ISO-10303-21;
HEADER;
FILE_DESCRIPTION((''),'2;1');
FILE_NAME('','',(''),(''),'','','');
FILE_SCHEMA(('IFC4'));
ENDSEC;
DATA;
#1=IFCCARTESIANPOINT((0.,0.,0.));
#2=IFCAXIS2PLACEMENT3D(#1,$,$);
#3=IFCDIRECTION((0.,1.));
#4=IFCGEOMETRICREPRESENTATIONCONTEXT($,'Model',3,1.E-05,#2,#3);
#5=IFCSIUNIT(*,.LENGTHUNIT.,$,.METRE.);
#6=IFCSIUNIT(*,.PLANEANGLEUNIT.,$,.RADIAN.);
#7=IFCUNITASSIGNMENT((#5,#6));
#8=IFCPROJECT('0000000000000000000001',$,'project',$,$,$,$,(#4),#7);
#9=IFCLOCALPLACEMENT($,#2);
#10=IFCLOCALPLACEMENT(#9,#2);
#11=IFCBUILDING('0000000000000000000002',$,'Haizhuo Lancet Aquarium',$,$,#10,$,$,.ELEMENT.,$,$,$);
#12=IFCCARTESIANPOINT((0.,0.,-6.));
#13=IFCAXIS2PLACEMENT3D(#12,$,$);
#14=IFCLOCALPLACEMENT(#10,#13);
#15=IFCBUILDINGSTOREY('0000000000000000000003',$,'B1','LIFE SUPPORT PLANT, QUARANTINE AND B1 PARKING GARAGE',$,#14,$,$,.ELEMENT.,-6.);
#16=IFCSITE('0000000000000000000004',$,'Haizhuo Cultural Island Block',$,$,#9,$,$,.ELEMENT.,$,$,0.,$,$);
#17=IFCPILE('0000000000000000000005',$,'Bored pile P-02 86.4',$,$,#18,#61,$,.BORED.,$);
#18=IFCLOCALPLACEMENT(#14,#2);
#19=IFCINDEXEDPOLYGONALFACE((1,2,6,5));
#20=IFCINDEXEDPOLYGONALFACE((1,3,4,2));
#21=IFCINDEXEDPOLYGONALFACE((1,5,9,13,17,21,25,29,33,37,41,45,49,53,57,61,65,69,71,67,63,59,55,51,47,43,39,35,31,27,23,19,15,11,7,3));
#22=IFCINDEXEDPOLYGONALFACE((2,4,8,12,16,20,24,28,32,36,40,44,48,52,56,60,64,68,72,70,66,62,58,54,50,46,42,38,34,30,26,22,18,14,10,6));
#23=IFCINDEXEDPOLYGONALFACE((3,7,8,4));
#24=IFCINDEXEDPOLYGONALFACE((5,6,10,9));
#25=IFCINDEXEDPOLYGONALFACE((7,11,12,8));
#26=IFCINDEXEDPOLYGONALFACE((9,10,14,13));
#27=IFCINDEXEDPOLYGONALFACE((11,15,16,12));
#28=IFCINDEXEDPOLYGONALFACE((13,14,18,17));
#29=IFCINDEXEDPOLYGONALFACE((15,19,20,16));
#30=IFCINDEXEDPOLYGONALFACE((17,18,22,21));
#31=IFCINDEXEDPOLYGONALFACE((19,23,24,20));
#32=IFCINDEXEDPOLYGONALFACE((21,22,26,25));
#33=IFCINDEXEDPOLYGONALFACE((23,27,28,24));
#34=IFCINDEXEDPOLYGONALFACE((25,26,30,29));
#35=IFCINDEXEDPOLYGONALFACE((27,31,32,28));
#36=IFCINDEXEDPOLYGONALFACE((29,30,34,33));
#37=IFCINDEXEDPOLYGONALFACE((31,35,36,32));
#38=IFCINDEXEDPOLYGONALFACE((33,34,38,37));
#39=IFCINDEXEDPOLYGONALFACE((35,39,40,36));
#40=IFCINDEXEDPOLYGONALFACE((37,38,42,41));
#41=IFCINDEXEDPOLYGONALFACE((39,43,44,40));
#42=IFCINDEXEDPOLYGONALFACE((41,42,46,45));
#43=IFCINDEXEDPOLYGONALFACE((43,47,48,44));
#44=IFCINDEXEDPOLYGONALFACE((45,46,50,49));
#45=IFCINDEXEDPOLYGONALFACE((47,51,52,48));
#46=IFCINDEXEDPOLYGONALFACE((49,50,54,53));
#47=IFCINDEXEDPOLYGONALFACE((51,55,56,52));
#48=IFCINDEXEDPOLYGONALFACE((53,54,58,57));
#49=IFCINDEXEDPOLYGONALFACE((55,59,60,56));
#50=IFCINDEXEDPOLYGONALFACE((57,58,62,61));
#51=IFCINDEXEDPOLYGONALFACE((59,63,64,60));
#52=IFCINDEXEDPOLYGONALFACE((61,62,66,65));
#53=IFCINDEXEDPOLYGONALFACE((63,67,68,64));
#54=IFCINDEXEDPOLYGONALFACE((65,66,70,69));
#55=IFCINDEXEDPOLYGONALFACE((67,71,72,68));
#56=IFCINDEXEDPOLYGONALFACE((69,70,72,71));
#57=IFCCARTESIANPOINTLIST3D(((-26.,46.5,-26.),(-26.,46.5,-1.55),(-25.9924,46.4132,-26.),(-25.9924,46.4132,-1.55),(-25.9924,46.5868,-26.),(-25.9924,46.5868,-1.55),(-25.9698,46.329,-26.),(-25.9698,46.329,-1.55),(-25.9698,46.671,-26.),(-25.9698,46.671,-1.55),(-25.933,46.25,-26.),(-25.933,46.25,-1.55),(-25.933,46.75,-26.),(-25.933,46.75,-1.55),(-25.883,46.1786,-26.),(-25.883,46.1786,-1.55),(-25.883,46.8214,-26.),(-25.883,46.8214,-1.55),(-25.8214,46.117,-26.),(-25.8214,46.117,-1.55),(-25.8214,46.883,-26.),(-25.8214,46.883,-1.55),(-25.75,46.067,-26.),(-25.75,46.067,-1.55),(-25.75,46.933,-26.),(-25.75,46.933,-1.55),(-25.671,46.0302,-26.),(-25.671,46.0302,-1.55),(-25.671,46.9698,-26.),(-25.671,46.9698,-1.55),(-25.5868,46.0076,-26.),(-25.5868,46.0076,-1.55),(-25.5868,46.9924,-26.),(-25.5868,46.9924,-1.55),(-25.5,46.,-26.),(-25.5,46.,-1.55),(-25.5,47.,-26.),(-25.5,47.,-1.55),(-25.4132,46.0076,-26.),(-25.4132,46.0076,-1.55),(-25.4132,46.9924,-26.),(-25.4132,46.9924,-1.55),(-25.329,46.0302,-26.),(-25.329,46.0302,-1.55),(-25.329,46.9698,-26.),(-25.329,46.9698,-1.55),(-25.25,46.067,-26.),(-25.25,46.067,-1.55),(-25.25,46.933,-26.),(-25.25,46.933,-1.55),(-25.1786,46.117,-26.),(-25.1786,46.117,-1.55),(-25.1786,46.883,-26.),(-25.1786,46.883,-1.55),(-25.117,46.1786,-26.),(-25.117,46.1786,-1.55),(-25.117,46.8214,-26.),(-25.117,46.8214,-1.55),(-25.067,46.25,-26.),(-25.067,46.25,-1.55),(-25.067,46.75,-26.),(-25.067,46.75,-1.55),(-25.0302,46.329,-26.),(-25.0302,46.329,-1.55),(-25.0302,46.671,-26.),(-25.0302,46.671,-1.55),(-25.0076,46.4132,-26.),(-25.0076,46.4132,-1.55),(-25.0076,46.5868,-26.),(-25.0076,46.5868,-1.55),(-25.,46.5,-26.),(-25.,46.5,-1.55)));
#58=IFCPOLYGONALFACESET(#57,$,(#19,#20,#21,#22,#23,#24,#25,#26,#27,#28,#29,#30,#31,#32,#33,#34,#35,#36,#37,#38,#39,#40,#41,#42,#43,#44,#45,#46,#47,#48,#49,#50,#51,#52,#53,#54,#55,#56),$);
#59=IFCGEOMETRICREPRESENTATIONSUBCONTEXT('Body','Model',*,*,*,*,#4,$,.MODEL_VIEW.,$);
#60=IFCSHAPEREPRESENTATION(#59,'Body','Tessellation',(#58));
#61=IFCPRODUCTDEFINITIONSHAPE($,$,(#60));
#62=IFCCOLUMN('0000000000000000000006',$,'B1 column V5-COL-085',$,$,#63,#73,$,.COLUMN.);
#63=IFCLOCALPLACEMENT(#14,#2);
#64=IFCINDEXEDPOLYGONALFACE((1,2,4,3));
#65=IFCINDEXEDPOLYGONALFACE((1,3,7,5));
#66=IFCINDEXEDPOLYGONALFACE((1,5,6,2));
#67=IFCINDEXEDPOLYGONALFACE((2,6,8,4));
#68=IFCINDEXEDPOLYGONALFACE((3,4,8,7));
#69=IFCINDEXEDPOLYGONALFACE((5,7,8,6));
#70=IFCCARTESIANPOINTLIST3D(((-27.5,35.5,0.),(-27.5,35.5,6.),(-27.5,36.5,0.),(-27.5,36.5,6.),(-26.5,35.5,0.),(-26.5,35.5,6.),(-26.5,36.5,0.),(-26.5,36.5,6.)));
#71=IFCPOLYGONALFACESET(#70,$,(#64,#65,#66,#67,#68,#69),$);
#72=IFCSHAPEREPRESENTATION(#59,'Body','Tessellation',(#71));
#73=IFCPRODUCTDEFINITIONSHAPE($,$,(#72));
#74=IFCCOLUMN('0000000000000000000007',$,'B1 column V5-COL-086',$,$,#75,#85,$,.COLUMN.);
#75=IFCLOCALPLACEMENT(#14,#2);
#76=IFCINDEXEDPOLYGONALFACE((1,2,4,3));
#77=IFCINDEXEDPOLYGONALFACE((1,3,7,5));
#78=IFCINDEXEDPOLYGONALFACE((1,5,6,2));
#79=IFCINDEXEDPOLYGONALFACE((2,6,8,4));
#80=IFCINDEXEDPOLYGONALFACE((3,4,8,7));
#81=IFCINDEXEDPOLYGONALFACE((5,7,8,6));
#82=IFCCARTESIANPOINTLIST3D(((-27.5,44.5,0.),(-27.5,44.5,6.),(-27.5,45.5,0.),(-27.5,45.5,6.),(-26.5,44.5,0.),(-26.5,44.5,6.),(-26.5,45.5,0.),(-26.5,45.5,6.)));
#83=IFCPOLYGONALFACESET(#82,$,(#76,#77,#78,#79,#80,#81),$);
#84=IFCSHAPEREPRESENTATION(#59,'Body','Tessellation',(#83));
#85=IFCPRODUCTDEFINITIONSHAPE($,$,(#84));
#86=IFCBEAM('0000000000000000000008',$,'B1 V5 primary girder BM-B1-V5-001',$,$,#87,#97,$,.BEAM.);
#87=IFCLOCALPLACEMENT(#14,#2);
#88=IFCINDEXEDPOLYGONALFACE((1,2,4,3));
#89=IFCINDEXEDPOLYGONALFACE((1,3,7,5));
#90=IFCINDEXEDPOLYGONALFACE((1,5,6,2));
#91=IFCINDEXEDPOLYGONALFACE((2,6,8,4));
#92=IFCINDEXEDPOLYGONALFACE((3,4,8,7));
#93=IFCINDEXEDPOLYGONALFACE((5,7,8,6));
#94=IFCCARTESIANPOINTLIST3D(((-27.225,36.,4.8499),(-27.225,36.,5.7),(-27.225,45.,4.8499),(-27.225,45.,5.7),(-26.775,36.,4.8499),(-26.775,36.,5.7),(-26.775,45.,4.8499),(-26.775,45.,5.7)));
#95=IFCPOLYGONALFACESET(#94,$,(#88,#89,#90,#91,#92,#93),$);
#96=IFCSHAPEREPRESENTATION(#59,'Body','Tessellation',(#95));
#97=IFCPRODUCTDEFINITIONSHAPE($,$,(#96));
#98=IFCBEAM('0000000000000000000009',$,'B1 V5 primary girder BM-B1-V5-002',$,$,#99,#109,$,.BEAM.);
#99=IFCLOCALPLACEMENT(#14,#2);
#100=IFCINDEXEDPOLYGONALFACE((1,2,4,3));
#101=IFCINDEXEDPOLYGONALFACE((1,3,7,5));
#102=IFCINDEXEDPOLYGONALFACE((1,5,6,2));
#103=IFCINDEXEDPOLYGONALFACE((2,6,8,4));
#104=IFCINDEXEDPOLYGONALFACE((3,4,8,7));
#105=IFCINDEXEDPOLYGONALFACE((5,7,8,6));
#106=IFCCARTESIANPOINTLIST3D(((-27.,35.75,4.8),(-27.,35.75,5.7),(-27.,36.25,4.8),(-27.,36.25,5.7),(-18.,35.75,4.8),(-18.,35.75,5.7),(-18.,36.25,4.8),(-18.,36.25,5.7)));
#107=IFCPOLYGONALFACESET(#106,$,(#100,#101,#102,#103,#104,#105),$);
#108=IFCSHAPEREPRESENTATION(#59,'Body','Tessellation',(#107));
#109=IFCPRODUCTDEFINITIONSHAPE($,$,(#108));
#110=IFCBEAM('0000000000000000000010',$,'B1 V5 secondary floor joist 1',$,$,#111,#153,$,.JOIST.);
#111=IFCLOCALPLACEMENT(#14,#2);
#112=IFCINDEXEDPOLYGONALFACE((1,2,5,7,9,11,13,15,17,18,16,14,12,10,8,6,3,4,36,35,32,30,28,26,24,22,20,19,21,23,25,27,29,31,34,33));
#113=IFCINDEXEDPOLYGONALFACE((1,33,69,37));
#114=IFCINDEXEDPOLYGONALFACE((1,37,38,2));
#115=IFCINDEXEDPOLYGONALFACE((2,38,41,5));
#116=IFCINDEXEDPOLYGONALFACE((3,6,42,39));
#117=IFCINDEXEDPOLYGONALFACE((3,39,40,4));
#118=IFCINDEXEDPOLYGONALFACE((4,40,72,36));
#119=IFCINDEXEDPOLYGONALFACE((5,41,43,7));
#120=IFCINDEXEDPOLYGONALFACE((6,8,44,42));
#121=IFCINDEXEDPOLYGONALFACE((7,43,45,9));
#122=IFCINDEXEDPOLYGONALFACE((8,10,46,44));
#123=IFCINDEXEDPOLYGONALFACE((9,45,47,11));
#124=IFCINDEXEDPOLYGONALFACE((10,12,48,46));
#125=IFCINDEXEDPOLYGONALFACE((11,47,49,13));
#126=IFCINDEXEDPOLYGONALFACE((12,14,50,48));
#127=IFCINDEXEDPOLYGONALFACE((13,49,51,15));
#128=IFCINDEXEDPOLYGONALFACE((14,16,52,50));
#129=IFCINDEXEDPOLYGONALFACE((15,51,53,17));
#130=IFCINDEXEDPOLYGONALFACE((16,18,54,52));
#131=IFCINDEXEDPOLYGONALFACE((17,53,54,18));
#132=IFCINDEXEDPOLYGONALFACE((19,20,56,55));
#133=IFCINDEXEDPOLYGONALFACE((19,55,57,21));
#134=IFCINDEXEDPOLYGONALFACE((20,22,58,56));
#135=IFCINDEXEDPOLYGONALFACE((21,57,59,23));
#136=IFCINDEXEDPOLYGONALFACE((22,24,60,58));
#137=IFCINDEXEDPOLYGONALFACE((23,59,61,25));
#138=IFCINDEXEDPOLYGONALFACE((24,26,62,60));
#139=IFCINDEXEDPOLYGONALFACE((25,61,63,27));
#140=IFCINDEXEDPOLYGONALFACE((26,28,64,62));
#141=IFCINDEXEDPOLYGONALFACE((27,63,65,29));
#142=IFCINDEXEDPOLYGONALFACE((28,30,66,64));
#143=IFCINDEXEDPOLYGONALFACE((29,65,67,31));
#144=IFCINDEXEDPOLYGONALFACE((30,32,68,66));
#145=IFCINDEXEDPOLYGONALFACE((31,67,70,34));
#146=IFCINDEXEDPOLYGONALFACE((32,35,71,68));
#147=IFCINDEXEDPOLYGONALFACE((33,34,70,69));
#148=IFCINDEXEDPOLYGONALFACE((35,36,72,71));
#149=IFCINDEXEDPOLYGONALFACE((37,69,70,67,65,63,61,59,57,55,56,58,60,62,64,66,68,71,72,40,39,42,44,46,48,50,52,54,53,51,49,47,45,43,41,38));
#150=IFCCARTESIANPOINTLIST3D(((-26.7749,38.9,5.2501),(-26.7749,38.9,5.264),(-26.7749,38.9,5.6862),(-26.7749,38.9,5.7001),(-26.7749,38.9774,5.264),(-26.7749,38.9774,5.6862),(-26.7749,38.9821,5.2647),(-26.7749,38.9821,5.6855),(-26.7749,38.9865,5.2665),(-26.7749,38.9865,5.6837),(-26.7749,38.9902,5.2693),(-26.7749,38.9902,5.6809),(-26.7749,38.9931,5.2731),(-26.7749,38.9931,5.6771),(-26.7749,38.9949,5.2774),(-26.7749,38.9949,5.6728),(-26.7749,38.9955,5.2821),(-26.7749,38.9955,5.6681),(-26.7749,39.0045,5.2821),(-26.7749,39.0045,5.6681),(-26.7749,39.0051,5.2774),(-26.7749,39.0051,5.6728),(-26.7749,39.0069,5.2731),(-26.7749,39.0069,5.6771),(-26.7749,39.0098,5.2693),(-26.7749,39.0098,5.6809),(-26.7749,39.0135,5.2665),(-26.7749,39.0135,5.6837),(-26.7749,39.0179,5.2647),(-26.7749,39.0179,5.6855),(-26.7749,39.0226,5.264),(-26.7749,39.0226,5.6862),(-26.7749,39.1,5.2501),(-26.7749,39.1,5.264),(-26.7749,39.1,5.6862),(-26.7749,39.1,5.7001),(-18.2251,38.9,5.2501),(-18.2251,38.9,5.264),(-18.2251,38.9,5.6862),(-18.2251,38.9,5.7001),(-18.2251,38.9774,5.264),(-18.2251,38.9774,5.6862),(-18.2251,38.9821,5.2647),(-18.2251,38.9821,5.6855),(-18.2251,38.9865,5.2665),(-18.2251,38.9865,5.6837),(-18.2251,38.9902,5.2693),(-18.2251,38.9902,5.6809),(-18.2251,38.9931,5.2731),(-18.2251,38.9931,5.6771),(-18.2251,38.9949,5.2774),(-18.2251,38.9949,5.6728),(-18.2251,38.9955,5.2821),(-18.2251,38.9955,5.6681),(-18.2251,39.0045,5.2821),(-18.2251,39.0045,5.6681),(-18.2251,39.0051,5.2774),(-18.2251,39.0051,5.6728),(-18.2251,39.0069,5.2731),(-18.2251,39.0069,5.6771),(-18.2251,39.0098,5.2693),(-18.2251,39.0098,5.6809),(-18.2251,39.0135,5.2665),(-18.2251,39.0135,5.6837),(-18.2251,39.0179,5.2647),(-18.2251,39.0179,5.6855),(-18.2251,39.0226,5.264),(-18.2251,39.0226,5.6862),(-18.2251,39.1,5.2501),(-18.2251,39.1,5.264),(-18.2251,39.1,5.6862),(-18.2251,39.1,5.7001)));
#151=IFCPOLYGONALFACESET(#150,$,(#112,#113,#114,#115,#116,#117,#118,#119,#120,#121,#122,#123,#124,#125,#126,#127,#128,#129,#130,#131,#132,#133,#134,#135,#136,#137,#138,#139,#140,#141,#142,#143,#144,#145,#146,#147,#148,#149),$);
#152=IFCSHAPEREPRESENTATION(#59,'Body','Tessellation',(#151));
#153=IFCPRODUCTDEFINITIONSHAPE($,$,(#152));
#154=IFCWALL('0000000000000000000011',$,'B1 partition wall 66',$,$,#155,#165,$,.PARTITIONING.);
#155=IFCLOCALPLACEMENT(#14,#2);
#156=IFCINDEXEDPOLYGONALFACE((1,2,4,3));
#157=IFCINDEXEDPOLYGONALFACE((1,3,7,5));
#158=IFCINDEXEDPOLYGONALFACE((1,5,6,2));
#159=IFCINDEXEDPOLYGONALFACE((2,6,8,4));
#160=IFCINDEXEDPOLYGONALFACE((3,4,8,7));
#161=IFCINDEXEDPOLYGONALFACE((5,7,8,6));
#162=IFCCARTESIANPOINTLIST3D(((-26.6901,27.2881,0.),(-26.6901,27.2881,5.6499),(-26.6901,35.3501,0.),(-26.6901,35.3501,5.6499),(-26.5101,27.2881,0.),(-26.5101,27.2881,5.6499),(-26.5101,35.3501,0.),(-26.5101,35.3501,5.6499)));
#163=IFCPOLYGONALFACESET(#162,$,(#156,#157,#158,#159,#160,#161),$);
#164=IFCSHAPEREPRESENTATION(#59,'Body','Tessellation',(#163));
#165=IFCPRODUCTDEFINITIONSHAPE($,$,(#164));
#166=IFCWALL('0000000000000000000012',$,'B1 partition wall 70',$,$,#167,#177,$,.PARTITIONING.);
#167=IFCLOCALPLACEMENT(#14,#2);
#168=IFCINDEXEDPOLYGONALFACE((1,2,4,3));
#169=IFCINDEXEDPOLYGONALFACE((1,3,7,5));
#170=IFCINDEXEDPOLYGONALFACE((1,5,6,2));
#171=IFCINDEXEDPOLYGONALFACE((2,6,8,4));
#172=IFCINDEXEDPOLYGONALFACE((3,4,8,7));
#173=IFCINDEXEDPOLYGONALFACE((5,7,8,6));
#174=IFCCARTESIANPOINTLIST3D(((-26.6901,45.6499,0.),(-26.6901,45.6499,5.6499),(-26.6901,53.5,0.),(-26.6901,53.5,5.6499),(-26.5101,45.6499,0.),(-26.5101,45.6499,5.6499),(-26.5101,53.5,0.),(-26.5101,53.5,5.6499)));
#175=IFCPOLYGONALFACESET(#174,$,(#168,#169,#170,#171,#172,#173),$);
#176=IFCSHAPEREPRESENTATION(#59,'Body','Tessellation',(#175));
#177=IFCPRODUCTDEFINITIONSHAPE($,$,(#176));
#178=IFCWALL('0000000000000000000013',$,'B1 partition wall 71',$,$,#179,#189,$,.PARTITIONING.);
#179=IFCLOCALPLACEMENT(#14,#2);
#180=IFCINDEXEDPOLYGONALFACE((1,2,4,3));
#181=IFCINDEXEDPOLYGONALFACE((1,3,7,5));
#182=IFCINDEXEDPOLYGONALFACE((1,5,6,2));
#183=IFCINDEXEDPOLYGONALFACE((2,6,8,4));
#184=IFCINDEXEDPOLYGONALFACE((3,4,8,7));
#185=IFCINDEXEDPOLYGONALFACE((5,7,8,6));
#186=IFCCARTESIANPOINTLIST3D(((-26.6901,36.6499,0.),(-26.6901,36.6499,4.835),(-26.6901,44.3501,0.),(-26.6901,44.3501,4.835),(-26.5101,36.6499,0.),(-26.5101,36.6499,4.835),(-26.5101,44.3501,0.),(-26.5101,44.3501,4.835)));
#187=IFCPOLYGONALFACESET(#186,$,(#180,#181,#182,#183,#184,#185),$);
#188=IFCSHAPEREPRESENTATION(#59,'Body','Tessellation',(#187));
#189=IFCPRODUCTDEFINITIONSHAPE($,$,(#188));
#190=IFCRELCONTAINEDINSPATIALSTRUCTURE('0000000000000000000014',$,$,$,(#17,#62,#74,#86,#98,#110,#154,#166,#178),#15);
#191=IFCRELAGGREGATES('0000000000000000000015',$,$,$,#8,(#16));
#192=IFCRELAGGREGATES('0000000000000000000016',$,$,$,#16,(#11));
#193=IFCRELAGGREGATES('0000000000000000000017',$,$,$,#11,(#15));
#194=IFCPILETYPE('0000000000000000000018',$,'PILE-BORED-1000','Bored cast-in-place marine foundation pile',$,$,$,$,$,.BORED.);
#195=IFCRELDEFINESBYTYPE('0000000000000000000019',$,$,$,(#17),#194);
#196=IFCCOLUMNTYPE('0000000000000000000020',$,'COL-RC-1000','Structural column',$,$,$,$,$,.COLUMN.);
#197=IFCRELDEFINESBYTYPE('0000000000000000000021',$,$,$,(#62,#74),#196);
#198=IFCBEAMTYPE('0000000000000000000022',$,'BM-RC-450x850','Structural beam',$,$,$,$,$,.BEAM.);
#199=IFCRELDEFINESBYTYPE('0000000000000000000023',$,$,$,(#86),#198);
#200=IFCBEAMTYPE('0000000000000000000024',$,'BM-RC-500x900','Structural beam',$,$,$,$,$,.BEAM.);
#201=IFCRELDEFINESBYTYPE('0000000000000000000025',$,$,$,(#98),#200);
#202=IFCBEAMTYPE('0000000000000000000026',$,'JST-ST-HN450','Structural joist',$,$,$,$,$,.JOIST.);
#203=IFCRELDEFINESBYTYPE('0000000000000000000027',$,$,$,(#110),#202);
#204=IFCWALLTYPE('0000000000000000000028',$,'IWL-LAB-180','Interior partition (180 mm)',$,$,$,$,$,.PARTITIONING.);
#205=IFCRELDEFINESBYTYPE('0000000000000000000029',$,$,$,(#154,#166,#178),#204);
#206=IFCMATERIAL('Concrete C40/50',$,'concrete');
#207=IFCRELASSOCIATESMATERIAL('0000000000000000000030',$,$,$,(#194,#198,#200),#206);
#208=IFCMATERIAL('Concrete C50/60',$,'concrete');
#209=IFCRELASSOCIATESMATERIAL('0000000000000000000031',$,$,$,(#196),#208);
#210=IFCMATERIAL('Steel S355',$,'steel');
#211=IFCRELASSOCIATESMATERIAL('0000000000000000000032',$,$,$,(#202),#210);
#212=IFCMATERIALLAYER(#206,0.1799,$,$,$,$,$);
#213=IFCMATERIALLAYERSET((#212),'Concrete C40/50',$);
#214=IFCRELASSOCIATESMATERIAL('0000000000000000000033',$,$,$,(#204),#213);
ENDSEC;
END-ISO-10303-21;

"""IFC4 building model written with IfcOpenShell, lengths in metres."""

from ifc_helpers import new_model, si_unit, direction, frame, frame_2d, origin, origin_2d, place, context, subcontext, project, spatial, rectangle, circle, i_section, extrude, material, layer, layer_set, material_profile, profile_set, type_object, element, save


model = new_model("IFC4")

# Units and contexts
model_context = context("Model", 3, precision=1e-05, world=origin(), true_north=direction((0.0, 1.0)))
body_context = subcontext(model_context, "Body", "Model", "MODEL_VIEW")
ifc_project = project(units=[si_unit("LENGTHUNIT", "METRE"), si_unit("PLANEANGLEUNIT", "RADIAN")], contexts=[model_context])

# Site, building, storey
site_placement = place(None, origin())
site = spatial("IfcSite", under=ifc_project, at=site_placement, Name="Haizhuo Cultural Island Block", CompositionType="ELEMENT", RefElevation=0.0)
building_placement = place(site_placement, origin())
building = spatial("IfcBuilding", under=site, at=building_placement, Name="Haizhuo Lancet Aquarium", CompositionType="ELEMENT")
storey_placement = place(building_placement, frame((0.0, 0.0, -6.0)))
storey = spatial("IfcBuildingStorey", under=building, at=storey_placement, Name="B1", Description="LIFE SUPPORT PLANT, QUARANTINE AND B1 PARKING GARAGE", CompositionType="ELEMENT", Elevation=-6.0)

# Shared definitions
ifc_material_1 = material(Name="Concrete C40/50", Category="concrete")

# Pile
ifc_material_profile_1 = material_profile(ifc_material_1, circle(Radius=0.5, at=origin_2d()), Name="PILE-1000")
ifc_profile_set_1 = profile_set([ifc_material_profile_1], Name="Concrete C40/50")
pile_type = type_object("IfcPileType", Name="PILE-BORED-1000", Description="Bored cast-in-place marine foundation pile", PredefinedType="BORED", material=ifc_profile_set_1)
for number, where, z_axis, x_axis, name in (
    (1, (-25.5, 46.5, -1.55), (0.0, 0.0, -1.0), (1.0, 0.0, 0.0), "Bored pile P-02 86.4"),
):
    element("IfcPile", number, at=place(storey_placement, frame(where, z_axis=z_axis, x_axis=x_axis)), inside=storey, type_object=pile_type, Name=name, PredefinedType="BORED", context=body_context, shape_type="SweptSolid", body=[
        extrude(circle(Radius=0.5, at=origin_2d()), origin(), (0.0, 0.0, 1.0), 24.45),
    ])

# Columns
ifc_material_2 = material(Name="Concrete C50/60", Category="concrete")
ifc_material_profile_2 = material_profile(ifc_material_2, rectangle(XDim=1.0, YDim=1.0, at=origin_2d()), Name="RC-COL 1000x1000")
ifc_profile_set_2 = profile_set([ifc_material_profile_2], Name="Concrete C50/60")
column_type = type_object("IfcColumnType", Name="COL-RC-1000", Description="Structural column", PredefinedType="COLUMN", material=ifc_profile_set_2)
for number, where, z_axis, x_axis, name in (
    (2, (-27.0, 36.0, 0.0), (0.0, 0.0, 1.0), (1.0, 0.0, 0.0), "B1 column V5-COL-085"),
    (3, (-27.0, 45.0, 0.0), (0.0, 0.0, 1.0), (1.0, 0.0, 0.0), "B1 column V5-COL-086"),
):
    element("IfcColumn", number, at=place(storey_placement, frame(where, z_axis=z_axis, x_axis=x_axis)), inside=storey, type_object=column_type, Name=name, PredefinedType="COLUMN", context=body_context, shape_type="SweptSolid", body=[
        extrude(rectangle(XDim=1.0, YDim=1.0, at=origin_2d()), origin(), (0.0, 0.0, 1.0), 6.0),
    ])

# Beams
ifc_material_profile_3 = material_profile(ifc_material_1, rectangle(XDim=0.45, YDim=0.8501, at=origin_2d()), Name="RC-BM 450x850")
ifc_profile_set_3 = profile_set([ifc_material_profile_3], Name="Concrete C40/50")
beam_type_1 = type_object("IfcBeamType", Name="BM-RC-450x850", Description="Structural beam", PredefinedType="BEAM", material=ifc_profile_set_3)
beam_1_placement = place(storey_placement, frame((-27.0, 36.0, 5.2749), z_axis=(0.0, 1.0, 0.0), x_axis=(-1.0, 0.0, 0.0)))
element("IfcBeam", 4, at=beam_1_placement, inside=storey, type_object=beam_type_1, Name="B1 V5 primary girder BM-B1-V5-001", PredefinedType="BEAM", context=body_context, shape_type="SweptSolid", body=[
    extrude(rectangle(XDim=0.45, YDim=0.8501, at=origin_2d()), origin(), (0.0, 0.0, 1.0), 9.0),
])
ifc_material_profile_4 = material_profile(ifc_material_1, rectangle(XDim=0.5, YDim=0.8999, at=origin_2d()), Name="RC-BM 500x900")
ifc_profile_set_4 = profile_set([ifc_material_profile_4], Name="Concrete C40/50")
beam_type_2 = type_object("IfcBeamType", Name="BM-RC-500x900", Description="Structural beam", PredefinedType="BEAM", material=ifc_profile_set_4)
beam_2_placement = place(storey_placement, frame((-27.0, 36.0, 5.25), z_axis=(1.0, 0.0, 0.0), x_axis=(0.0, 1.0, 0.0)))
element("IfcBeam", 5, at=beam_2_placement, inside=storey, type_object=beam_type_2, Name="B1 V5 primary girder BM-B1-V5-002", PredefinedType="BEAM", context=body_context, shape_type="SweptSolid", body=[
    extrude(rectangle(XDim=0.5, YDim=0.8999, at=origin_2d()), origin(), (0.0, 0.0, 1.0), 9.0),
])
ifc_material_3 = material(Name="Steel S355", Category="steel")
ifc_material_profile_5 = material_profile(ifc_material_3, i_section(OverallWidth=0.2, OverallDepth=0.45, WebThickness=0.009, FlangeThickness=0.0139, FilletRadius=0.0181, at=origin_2d()), Name="HN 450x200x9x14")
ifc_profile_set_5 = profile_set([ifc_material_profile_5], Name="Steel S355")
beam_type_3 = type_object("IfcBeamType", Name="JST-ST-HN450", Description="Structural joist", PredefinedType="JOIST", material=ifc_profile_set_5)
beam_3_placement = place(storey_placement, frame((-26.7749, 39.0, 5.4751), z_axis=(1.0, 0.0, 0.0), x_axis=(0.0, 1.0, 0.0)))
element("IfcBeam", 6, at=beam_3_placement, inside=storey, type_object=beam_type_3, Name="B1 V5 secondary floor joist 1", PredefinedType="JOIST", context=body_context, shape_type="SweptSolid", body=[
    extrude(i_section(OverallWidth=0.2, OverallDepth=0.45, WebThickness=0.009, FlangeThickness=0.0139, FilletRadius=0.0181, at=origin_2d()), origin(), (0.0, 0.0, 1.0), 8.5498),
])

# Walls
ifc_layer_1 = layer(ifc_material_1, 0.1799)
ifc_layer_set_1 = layer_set([ifc_layer_1], Name="Concrete C40/50")
wall_type_1 = type_object("IfcWallType", Name="IWL-LAB-180", Description="Interior partition (180 mm)", PredefinedType="PARTITIONING", material=ifc_layer_set_1)
wall_1_placement = place(storey_placement, frame((-26.6001, 35.3501, 0.0), z_axis=(0.0, 0.0, 1.0), x_axis=(0.0, -1.0, 0.0)))
element("IfcWall", 7, at=wall_1_placement, inside=storey, type_object=wall_type_1, Name="B1 partition wall 66", PredefinedType="PARTITIONING", context=body_context, shape_type="SweptSolid", body=[
    extrude(rectangle(XDim=8.062, YDim=0.1799, at=frame_2d((4.031, 0.0))), origin(), (0.0, 0.0, 1.0), 5.6499),
])
wall_2_placement = place(storey_placement, frame((-26.6001, 53.5, 0.0), z_axis=(0.0, 0.0, 1.0), x_axis=(0.0, -1.0, 0.0)))
element("IfcWall", 8, at=wall_2_placement, inside=storey, type_object=wall_type_1, Name="B1 partition wall 70", PredefinedType="PARTITIONING", context=body_context, shape_type="SweptSolid", body=[
    extrude(rectangle(XDim=7.8501, YDim=0.1799, at=frame_2d((3.925, 0.0))), origin(), (0.0, 0.0, 1.0), 5.6499),
])
wall_3_placement = place(storey_placement, frame((-26.6001, 44.3501, 0.0), z_axis=(0.0, 0.0, 1.0), x_axis=(0.0, -1.0, 0.0)))
element("IfcWall", 9, at=wall_3_placement, inside=storey, type_object=wall_type_1, Name="B1 partition wall 71", PredefinedType="PARTITIONING", context=body_context, shape_type="SweptSolid", body=[
    extrude(rectangle(XDim=7.7002, YDim=0.1799, at=frame_2d((3.8501, 0.0))), origin(), (0.0, 0.0, 1.0), 4.835),
])

save(model, "model.ifc")
